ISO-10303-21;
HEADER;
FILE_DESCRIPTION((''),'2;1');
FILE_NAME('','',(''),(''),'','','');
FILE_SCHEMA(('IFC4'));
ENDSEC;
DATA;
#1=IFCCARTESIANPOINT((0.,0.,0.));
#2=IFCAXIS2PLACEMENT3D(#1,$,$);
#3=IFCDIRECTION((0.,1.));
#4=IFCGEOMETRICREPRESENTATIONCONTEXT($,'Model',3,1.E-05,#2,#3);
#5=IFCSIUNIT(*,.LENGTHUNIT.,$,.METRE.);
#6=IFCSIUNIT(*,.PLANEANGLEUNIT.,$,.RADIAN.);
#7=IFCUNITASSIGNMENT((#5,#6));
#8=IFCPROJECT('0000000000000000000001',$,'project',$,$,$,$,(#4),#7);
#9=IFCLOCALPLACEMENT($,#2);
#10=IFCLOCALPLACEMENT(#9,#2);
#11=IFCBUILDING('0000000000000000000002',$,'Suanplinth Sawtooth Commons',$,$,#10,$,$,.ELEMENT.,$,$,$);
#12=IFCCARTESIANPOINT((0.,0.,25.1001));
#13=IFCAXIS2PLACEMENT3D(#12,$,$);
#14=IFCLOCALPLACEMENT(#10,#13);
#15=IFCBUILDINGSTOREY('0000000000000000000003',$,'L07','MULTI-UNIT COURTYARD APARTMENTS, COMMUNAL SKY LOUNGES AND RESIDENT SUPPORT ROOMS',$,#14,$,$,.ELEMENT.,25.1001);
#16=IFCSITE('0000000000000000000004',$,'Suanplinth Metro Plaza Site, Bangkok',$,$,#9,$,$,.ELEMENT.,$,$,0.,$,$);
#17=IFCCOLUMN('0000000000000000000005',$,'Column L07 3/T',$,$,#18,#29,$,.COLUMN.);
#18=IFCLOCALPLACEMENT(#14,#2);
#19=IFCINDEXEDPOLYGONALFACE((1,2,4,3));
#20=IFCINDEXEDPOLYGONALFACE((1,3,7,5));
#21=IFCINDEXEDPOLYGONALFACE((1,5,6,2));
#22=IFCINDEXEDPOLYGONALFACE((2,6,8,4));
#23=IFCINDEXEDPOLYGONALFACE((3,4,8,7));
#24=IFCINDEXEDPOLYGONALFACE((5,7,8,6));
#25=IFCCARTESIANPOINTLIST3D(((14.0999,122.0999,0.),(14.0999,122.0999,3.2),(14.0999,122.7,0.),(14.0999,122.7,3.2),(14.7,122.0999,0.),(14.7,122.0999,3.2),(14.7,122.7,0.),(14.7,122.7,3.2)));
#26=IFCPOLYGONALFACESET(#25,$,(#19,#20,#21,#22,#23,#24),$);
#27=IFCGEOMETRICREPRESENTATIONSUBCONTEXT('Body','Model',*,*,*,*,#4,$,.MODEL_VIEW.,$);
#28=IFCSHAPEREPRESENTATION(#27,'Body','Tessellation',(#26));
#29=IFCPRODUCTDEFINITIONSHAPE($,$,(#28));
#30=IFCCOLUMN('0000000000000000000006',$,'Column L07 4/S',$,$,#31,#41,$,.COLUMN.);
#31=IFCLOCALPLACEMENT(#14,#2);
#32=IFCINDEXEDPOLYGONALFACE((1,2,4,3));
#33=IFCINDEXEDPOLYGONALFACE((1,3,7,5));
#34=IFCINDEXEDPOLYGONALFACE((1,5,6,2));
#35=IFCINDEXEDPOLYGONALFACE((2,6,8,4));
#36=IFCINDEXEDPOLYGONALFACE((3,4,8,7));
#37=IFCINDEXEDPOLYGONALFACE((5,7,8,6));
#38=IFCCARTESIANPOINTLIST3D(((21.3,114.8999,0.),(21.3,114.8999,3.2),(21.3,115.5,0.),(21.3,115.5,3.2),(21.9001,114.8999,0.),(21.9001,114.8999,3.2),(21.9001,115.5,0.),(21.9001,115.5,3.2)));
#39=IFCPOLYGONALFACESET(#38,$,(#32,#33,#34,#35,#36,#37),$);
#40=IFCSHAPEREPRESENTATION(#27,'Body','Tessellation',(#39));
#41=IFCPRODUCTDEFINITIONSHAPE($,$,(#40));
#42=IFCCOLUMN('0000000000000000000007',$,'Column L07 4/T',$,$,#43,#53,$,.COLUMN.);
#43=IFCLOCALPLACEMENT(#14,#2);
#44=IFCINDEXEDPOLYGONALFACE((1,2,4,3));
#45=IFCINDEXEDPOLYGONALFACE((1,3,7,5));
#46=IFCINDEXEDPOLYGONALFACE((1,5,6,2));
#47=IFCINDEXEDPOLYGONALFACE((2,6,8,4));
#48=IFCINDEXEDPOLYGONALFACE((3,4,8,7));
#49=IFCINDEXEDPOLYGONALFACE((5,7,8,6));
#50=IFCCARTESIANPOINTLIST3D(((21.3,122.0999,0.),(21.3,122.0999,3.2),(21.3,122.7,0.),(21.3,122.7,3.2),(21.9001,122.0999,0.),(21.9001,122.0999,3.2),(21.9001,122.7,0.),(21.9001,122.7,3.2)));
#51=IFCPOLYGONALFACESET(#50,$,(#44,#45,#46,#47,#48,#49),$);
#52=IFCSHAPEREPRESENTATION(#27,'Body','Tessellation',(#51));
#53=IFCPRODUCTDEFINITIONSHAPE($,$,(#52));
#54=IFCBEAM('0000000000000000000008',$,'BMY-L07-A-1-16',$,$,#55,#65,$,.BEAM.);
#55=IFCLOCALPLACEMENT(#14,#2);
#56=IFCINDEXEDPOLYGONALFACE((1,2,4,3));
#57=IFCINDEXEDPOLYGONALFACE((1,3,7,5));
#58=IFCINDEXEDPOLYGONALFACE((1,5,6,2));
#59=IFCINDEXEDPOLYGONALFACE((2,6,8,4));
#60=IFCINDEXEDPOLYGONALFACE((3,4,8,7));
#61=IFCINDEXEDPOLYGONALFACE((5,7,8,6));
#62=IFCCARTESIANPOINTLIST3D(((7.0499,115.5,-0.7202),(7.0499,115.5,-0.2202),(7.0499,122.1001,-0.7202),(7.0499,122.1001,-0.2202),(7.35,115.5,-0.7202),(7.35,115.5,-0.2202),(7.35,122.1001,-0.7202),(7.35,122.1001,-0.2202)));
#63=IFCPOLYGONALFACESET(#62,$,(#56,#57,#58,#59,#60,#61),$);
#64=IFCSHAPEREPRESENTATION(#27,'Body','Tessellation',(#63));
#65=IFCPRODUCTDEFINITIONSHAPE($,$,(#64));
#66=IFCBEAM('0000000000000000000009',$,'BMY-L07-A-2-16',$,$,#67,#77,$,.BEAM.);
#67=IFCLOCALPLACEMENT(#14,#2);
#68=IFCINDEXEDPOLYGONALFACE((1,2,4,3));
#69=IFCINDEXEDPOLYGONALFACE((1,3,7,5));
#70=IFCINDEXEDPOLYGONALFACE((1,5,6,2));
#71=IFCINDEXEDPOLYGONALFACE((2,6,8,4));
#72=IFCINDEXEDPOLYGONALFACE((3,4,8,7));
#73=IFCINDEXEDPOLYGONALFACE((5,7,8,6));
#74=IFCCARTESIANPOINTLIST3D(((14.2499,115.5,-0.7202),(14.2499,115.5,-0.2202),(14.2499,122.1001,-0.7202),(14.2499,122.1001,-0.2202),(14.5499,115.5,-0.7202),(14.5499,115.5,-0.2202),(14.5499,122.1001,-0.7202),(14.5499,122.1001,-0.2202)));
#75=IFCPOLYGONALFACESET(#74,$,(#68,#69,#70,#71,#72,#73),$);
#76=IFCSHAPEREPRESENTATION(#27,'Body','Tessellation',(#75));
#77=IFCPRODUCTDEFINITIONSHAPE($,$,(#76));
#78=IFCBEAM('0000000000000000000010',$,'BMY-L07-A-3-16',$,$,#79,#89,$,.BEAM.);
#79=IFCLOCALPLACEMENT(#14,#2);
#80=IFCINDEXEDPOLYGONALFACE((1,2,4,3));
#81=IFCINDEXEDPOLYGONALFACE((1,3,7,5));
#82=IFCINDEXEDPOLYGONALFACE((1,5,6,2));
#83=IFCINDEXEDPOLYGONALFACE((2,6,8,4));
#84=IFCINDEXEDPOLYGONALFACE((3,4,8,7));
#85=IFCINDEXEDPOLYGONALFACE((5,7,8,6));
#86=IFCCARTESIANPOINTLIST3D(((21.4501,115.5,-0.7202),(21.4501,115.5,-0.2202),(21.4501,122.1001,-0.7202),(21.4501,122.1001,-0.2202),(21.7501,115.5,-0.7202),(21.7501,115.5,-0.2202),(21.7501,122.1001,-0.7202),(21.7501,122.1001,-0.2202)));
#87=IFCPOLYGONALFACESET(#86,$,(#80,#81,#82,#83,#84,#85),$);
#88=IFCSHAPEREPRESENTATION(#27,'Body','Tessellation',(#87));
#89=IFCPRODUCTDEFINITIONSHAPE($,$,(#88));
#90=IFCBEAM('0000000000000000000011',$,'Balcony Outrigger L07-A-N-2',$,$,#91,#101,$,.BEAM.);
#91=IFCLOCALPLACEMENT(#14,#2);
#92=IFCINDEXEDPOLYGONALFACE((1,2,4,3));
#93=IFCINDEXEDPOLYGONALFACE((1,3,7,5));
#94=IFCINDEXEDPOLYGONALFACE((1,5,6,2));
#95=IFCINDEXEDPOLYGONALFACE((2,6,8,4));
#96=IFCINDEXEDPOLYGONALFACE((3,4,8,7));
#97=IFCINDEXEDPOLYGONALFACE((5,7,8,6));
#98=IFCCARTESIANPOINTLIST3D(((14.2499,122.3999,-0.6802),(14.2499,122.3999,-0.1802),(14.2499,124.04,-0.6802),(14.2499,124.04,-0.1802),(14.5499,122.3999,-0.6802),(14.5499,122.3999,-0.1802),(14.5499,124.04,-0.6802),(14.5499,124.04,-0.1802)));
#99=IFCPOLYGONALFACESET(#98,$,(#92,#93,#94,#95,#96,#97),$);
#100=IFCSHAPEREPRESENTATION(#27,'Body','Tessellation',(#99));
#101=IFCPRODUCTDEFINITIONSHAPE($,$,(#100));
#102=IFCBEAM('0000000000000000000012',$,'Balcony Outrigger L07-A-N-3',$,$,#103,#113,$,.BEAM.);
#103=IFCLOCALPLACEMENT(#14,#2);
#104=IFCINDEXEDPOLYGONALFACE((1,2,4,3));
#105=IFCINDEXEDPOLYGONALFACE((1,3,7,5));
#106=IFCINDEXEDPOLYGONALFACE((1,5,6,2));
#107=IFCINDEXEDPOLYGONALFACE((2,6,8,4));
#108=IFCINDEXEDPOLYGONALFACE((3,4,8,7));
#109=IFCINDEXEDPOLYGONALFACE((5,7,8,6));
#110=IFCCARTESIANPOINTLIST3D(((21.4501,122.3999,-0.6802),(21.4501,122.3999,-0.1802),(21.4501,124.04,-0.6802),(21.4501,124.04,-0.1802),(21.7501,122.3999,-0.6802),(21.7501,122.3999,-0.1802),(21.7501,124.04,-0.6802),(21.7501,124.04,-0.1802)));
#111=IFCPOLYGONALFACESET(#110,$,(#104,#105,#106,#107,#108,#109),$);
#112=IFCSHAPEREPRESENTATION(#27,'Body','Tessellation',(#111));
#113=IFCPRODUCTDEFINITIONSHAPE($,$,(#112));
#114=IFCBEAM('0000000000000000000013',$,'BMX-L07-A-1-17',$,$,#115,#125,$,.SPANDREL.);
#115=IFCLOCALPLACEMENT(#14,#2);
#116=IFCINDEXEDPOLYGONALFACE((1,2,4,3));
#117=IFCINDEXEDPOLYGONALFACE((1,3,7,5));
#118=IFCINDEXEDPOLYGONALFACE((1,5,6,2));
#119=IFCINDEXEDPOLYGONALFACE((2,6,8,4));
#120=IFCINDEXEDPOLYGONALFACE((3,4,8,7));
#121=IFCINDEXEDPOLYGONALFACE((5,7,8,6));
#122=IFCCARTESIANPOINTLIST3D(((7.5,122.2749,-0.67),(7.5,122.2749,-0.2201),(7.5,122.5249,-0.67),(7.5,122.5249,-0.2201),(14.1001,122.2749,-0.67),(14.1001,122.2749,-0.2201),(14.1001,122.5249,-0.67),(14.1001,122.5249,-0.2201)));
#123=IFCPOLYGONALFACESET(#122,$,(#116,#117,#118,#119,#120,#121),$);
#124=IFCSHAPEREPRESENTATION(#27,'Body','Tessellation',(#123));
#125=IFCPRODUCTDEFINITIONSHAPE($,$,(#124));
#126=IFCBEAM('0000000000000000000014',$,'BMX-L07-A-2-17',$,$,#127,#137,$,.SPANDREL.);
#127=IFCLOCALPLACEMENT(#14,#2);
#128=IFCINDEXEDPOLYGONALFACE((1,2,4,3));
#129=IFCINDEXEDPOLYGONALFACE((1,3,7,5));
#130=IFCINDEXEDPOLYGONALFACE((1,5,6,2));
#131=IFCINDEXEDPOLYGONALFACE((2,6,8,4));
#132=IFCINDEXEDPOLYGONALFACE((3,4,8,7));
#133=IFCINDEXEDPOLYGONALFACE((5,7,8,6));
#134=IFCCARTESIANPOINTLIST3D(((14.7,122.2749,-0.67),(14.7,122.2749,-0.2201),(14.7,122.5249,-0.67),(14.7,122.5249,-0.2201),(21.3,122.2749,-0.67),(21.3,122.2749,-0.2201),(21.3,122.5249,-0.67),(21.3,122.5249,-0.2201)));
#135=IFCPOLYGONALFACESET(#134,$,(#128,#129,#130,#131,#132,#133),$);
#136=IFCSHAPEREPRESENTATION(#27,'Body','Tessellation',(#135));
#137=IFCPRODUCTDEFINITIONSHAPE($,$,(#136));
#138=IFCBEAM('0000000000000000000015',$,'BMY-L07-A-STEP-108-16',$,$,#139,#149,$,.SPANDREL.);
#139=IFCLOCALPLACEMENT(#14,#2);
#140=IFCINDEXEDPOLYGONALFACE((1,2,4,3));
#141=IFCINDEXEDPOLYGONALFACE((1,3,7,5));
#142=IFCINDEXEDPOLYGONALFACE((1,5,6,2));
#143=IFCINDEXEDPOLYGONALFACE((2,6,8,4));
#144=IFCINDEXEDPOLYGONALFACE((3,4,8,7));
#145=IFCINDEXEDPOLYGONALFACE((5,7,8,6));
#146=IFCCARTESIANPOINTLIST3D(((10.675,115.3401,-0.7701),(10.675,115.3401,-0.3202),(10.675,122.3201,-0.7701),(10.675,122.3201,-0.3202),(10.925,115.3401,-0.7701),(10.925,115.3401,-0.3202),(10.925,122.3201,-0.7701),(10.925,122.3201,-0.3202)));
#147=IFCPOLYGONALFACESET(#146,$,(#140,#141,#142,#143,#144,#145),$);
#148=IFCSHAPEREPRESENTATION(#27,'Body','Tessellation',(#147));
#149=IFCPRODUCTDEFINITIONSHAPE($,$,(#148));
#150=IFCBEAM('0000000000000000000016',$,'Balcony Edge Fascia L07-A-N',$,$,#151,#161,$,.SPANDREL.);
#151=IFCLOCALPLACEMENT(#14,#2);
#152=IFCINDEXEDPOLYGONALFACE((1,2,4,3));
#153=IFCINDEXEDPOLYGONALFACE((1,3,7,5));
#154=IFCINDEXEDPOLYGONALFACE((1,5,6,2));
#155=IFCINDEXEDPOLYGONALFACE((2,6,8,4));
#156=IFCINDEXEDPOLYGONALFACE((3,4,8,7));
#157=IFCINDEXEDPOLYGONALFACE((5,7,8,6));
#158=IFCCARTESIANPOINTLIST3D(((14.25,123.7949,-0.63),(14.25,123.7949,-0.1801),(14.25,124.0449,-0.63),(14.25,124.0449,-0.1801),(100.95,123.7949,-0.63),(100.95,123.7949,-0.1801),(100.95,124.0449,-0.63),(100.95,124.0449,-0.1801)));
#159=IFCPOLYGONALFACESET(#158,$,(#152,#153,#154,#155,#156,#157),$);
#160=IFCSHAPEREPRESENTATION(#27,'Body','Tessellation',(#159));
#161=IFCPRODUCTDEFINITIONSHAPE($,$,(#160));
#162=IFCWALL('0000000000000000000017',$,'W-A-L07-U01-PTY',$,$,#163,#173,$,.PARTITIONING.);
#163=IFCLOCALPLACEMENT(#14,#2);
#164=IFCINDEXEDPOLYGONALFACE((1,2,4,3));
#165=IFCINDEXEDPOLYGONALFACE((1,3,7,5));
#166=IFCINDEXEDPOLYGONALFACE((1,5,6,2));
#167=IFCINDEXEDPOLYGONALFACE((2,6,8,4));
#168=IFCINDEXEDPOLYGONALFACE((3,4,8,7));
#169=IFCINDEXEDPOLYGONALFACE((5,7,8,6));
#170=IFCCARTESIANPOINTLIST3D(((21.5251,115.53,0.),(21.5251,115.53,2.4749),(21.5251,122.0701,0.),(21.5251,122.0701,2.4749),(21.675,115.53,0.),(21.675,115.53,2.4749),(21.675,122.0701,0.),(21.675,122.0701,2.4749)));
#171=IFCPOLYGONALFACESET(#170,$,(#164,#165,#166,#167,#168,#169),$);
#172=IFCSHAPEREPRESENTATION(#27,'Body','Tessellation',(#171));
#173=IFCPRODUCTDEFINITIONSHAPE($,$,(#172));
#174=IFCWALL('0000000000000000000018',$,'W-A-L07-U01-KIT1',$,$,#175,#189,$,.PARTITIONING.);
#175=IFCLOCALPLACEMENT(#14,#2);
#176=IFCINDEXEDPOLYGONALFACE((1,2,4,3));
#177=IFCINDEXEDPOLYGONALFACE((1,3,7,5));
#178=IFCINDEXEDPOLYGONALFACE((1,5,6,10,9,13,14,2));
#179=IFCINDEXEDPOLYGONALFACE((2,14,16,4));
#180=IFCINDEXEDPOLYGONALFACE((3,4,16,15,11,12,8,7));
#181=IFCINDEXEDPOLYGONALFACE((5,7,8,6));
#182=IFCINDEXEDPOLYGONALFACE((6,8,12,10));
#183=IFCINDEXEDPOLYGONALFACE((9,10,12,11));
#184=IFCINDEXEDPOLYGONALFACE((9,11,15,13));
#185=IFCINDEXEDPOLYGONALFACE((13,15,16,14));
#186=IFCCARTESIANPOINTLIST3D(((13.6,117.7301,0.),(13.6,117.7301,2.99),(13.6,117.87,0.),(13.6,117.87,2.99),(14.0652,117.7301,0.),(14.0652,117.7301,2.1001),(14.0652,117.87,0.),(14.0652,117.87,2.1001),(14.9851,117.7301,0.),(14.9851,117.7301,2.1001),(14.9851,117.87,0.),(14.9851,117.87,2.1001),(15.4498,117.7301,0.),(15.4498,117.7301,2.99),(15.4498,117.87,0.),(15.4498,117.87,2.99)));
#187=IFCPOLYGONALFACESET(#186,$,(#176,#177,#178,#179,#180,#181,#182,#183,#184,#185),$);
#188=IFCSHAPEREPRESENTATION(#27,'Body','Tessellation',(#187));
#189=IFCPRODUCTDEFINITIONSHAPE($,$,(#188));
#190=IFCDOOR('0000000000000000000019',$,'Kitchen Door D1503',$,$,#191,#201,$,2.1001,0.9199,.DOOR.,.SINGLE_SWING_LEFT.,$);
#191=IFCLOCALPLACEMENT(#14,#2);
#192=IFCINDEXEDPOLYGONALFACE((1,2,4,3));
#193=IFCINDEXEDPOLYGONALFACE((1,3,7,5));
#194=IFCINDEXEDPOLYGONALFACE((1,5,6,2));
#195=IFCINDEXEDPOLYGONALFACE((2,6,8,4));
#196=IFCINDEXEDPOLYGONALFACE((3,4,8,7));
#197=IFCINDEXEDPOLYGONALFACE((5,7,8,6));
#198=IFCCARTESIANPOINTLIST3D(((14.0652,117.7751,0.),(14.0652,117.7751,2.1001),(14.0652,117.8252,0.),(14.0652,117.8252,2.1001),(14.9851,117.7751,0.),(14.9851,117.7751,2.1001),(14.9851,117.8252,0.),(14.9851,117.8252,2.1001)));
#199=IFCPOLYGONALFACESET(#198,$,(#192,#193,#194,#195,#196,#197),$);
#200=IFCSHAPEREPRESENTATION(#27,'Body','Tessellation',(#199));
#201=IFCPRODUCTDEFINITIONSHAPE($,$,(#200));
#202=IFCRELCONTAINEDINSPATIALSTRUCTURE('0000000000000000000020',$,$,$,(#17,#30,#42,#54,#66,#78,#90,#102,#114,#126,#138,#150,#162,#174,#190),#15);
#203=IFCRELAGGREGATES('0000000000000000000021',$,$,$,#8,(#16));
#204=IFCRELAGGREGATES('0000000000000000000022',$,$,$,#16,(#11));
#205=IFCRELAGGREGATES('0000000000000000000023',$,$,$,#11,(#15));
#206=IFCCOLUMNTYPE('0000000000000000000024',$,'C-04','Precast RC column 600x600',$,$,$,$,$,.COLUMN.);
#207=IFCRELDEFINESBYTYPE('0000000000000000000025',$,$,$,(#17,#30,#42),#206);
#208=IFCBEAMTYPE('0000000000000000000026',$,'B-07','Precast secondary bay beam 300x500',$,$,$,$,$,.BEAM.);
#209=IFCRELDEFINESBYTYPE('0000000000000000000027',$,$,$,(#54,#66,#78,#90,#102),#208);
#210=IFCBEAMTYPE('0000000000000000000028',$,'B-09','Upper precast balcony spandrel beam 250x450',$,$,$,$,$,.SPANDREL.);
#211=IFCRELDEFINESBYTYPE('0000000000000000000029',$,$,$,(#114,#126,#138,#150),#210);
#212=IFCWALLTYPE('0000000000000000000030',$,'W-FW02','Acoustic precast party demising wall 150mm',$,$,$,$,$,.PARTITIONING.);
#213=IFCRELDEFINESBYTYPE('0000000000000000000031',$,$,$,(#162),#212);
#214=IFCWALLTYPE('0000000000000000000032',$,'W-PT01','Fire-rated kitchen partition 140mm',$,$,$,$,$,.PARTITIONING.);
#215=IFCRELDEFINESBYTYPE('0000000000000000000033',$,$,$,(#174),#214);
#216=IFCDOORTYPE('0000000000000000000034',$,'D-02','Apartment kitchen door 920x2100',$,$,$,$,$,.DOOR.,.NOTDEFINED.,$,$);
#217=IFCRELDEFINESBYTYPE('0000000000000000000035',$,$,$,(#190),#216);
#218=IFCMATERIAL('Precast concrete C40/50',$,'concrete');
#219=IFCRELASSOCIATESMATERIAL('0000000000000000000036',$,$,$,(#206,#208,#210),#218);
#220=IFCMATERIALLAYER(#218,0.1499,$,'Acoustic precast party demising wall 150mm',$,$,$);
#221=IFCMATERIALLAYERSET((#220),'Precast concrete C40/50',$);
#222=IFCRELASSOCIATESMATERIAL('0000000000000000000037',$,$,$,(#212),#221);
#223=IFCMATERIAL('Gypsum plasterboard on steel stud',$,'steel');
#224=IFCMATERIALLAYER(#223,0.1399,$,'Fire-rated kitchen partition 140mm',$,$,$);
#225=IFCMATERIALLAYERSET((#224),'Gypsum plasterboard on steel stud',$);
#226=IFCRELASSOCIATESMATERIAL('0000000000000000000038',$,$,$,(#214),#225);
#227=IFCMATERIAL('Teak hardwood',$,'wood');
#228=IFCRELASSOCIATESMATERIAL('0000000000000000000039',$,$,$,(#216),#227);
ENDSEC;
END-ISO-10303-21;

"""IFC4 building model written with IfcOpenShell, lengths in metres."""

from ifc_helpers import new_model, si_unit, direction, frame, frame_2d, origin, origin_2d, place, context, subcontext, project, spatial, rectangle, extrude, material, layer, layer_set, material_profile, profile_set, type_object, element, fill, save


model = new_model("IFC4")

# Units and contexts
model_context = context("Model", 3, precision=1e-05, world=origin(), true_north=direction((0.0, 1.0)))
body_context = subcontext(model_context, "Body", "Model", "MODEL_VIEW")
ifc_project = project(units=[si_unit("LENGTHUNIT", "METRE"), si_unit("PLANEANGLEUNIT", "RADIAN")], contexts=[model_context])

# Site, building, storey
site_placement = place(None, origin())
site = spatial("IfcSite", under=ifc_project, at=site_placement, Name="Suanplinth Metro Plaza Site, Bangkok", CompositionType="ELEMENT", RefElevation=0.0)
building_placement = place(site_placement, origin())
building = spatial("IfcBuilding", under=site, at=building_placement, Name="Suanplinth Sawtooth Commons", CompositionType="ELEMENT")
storey_placement = place(building_placement, frame((0.0, 0.0, 25.1001)))
storey = spatial("IfcBuildingStorey", under=building, at=storey_placement, Name="L07", Description="MULTI-UNIT COURTYARD APARTMENTS, COMMUNAL SKY LOUNGES AND RESIDENT SUPPORT ROOMS", CompositionType="ELEMENT", Elevation=25.1001)

# Columns
ifc_material_1 = material(Name="Precast concrete C40/50", Category="concrete")
ifc_material_profile_1 = material_profile(ifc_material_1, rectangle(XDim=0.6001, YDim=0.6001, at=origin_2d()), Name="PC-COL 600x600")
ifc_profile_set_1 = profile_set([ifc_material_profile_1], Name="Precast concrete C40/50")
column_type = type_object("IfcColumnType", Name="C-04", Description="Precast RC column 600x600", PredefinedType="COLUMN", material=ifc_profile_set_1)
for number, where, z_axis, x_axis, name in (
    (1, (14.3999, 122.3999, 0.0), (0.0, 0.0, 1.0), (1.0, 0.0, 0.0), "Column L07 3/T"),
    (2, (21.6001, 115.2, 0.0), (0.0, 0.0, 1.0), (1.0, 0.0, 0.0), "Column L07 4/S"),
    (3, (21.6001, 122.3999, 0.0), (0.0, 0.0, 1.0), (1.0, 0.0, 0.0), "Column L07 4/T"),
):
    element("IfcColumn", number, at=place(storey_placement, frame(where, z_axis=z_axis, x_axis=x_axis)), inside=storey, type_object=column_type, Name=name, PredefinedType="COLUMN", context=body_context, shape_type="SweptSolid", body=[
        extrude(rectangle(XDim=0.6001, YDim=0.6001, at=origin_2d()), origin(), (0.0, 0.0, 1.0), 3.2),
    ])

# Beams
ifc_material_profile_2 = material_profile(ifc_material_1, rectangle(XDim=0.3, YDim=0.5, at=origin_2d()), Name="PC-BM 300x500")
ifc_profile_set_2 = profile_set([ifc_material_profile_2], Name="Precast concrete C40/50")
beam_type_1 = type_object("IfcBeamType", Name="B-07", Description="Precast secondary bay beam 300x500", PredefinedType="BEAM", material=ifc_profile_set_2)
for number, where, z_axis, x_axis, name in (
    (4, (7.2, 115.5, -0.4702), (0.0, 1.0, 0.0), (-1.0, 0.0, 0.0), "BMY-L07-A-1-16"),
    (5, (14.3999, 115.5, -0.4702), (0.0, 1.0, 0.0), (-1.0, 0.0, 0.0), "BMY-L07-A-2-16"),
    (6, (21.6001, 115.5, -0.4702), (0.0, 1.0, 0.0), (-1.0, 0.0, 0.0), "BMY-L07-A-3-16"),
):
    element("IfcBeam", number, at=place(storey_placement, frame(where, z_axis=z_axis, x_axis=x_axis)), inside=storey, type_object=beam_type_1, Name=name, PredefinedType="BEAM", context=body_context, shape_type="SweptSolid", body=[
        extrude(rectangle(XDim=0.3, YDim=0.5, at=origin_2d()), origin(), (0.0, 0.0, 1.0), 6.6001),
    ])
for number, where, z_axis, x_axis, name in (
    (7, (14.3999, 122.3999, -0.4302), (0.0, 1.0, 0.0), (-1.0, 0.0, 0.0), "Balcony Outrigger L07-A-N-2"),
    (8, (21.6001, 122.3999, -0.4302), (0.0, 1.0, 0.0), (-1.0, 0.0, 0.0), "Balcony Outrigger L07-A-N-3"),
):
    element("IfcBeam", number, at=place(storey_placement, frame(where, z_axis=z_axis, x_axis=x_axis)), inside=storey, type_object=beam_type_1, Name=name, PredefinedType="BEAM", context=body_context, shape_type="SweptSolid", body=[
        extrude(rectangle(XDim=0.3, YDim=0.5, at=origin_2d()), origin(), (0.0, 0.0, 1.0), 1.6401),
    ])
ifc_material_profile_3 = material_profile(ifc_material_1, rectangle(XDim=0.25, YDim=0.45, at=origin_2d()), Name="PC-SP 250x450")
ifc_profile_set_3 = profile_set([ifc_material_profile_3], Name="Precast concrete C40/50")
beam_type_2 = type_object("IfcBeamType", Name="B-09", Description="Upper precast balcony spandrel beam 250x450", PredefinedType="SPANDREL", material=ifc_profile_set_3)
for number, where, z_axis, x_axis, name in (
    (9, (7.5, 122.3999, -0.4451), (1.0, 0.0, 0.0), (0.0, 1.0, 0.0), "BMX-L07-A-1-17"),
    (10, (14.7, 122.3999, -0.4451), (1.0, 0.0, 0.0), (0.0, 1.0, 0.0), "BMX-L07-A-2-17"),
):
    element("IfcBeam", number, at=place(storey_placement, frame(where, z_axis=z_axis, x_axis=x_axis)), inside=storey, type_object=beam_type_2, Name=name, PredefinedType="SPANDREL", context=body_context, shape_type="SweptSolid", body=[
        extrude(rectangle(XDim=0.25, YDim=0.45, at=origin_2d()), origin(), (0.0, 0.0, 1.0), 6.6001),
    ])
beam_1_placement = place(storey_placement, frame((10.8, 115.3401, -0.5452), z_axis=(0.0, 1.0, 0.0), x_axis=(-1.0, 0.0, 0.0)))
element("IfcBeam", 11, at=beam_1_placement, inside=storey, type_object=beam_type_2, Name="BMY-L07-A-STEP-108-16", PredefinedType="SPANDREL", context=body_context, shape_type="SweptSolid", body=[
    extrude(rectangle(XDim=0.25, YDim=0.45, at=origin_2d()), origin(), (0.0, 0.0, 1.0), 6.98),
])
beam_2_placement = place(storey_placement, frame((14.25, 123.9199, -0.405), z_axis=(1.0, 0.0, 0.0), x_axis=(0.0, 1.0, 0.0)))
element("IfcBeam", 12, at=beam_2_placement, inside=storey, type_object=beam_type_2, Name="Balcony Edge Fascia L07-A-N", PredefinedType="SPANDREL", context=body_context, shape_type="SweptSolid", body=[
    extrude(rectangle(XDim=0.25, YDim=0.45, at=origin_2d()), origin(), (0.0, 0.0, 1.0), 86.7),
])

# Wall
ifc_layer_1 = layer(ifc_material_1, 0.1499, Name="Acoustic precast party demising wall 150mm")
ifc_layer_set_1 = layer_set([ifc_layer_1], Name="Precast concrete C40/50")
wall_type_1 = type_object("IfcWallType", Name="W-FW02", Description="Acoustic precast party demising wall 150mm", PredefinedType="PARTITIONING", material=ifc_layer_set_1)
wall_1_placement = place(storey_placement, frame((21.6001, 115.53, 0.0), z_axis=(0.0, 0.0, 1.0), x_axis=(0.0, 1.0, 0.0)))
element("IfcWall", 13, at=wall_1_placement, inside=storey, type_object=wall_type_1, Name="W-A-L07-U01-PTY", PredefinedType="PARTITIONING", context=body_context, shape_type="SweptSolid", body=[
    extrude(rectangle(XDim=6.54, YDim=0.1499, at=frame_2d((3.27, 0.0))), origin(), (0.0, 0.0, 1.0), 2.4749),
])

# Wall, opening, door
ifc_material_2 = material(Name="Gypsum plasterboard on steel stud", Category="steel")
ifc_layer_2 = layer(ifc_material_2, 0.1399, Name="Fire-rated kitchen partition 140mm")
ifc_layer_set_2 = layer_set([ifc_layer_2], Name="Gypsum plasterboard on steel stud")
wall_type_2 = type_object("IfcWallType", Name="W-PT01", Description="Fire-rated kitchen partition 140mm", PredefinedType="PARTITIONING", material=ifc_layer_set_2)
wall_2_placement = place(storey_placement, frame((13.6001, 117.8, 0.0), z_axis=(0.0, 0.0, 1.0), x_axis=(1.0, 0.0, 0.0)))
wall_2 = element("IfcWall", 14, at=wall_2_placement, inside=storey, type_object=wall_type_2, Name="W-A-L07-U01-KIT1", PredefinedType="PARTITIONING", context=body_context, shape_type="SweptSolid", body=[
    extrude(rectangle(XDim=1.8499, YDim=0.1399, at=frame_2d((0.9248, 0.0))), origin(), (0.0, 0.0, 1.0), 2.99),
])
opening_1_placement = place(wall_2_placement, frame((0.4651, 0.0, 0.0)))
opening_1 = element("IfcOpeningElement", 15, at=opening_1_placement, cuts=wall_2, PredefinedType="OPENING", context=body_context, shape_type="SweptSolid", body=[
    extrude(rectangle(XDim=0.9199, YDim=2.1001, at=frame_2d((0.46, 1.05))), frame((0.0, 0.085, 0.0), z_axis=(0.0, -1.0, 0.0), x_axis=(1.0, 0.0, 0.0)), (0.0, 0.0, 1.0), 0.1697),
])
ifc_material_3 = material(Name="Teak hardwood", Category="wood")
door_type_1 = type_object("IfcDoorType", Name="D-02", Description="Apartment kitchen door 920x2100", OperationType="NOTDEFINED", PredefinedType="DOOR", material=ifc_material_3)
door_1_placement = place(opening_1_placement, frame((0.9199, 0.0, 0.0), z_axis=(0.0, 0.0, 1.0), x_axis=(-1.0, 0.0, 0.0)))
door_1 = element("IfcDoor", 16, at=door_1_placement, inside=storey, type_object=door_type_1, Name="Kitchen Door D1503", OperationType="SINGLE_SWING_LEFT", OverallHeight=2.1001, OverallWidth=0.9199, PredefinedType="DOOR", context=body_context, shape_type="SweptSolid", body=[
    extrude(rectangle(XDim=0.9199, YDim=2.1001, at=frame_2d((0.46, 1.05))), frame((0.0, 0.0249, 0.0), z_axis=(0.0, -1.0, 0.0), x_axis=(1.0, 0.0, 0.0)), (0.0, 0.0, 1.0), 0.05),
])
fill(opening_1, door_1)

save(model, "model.ifc")
